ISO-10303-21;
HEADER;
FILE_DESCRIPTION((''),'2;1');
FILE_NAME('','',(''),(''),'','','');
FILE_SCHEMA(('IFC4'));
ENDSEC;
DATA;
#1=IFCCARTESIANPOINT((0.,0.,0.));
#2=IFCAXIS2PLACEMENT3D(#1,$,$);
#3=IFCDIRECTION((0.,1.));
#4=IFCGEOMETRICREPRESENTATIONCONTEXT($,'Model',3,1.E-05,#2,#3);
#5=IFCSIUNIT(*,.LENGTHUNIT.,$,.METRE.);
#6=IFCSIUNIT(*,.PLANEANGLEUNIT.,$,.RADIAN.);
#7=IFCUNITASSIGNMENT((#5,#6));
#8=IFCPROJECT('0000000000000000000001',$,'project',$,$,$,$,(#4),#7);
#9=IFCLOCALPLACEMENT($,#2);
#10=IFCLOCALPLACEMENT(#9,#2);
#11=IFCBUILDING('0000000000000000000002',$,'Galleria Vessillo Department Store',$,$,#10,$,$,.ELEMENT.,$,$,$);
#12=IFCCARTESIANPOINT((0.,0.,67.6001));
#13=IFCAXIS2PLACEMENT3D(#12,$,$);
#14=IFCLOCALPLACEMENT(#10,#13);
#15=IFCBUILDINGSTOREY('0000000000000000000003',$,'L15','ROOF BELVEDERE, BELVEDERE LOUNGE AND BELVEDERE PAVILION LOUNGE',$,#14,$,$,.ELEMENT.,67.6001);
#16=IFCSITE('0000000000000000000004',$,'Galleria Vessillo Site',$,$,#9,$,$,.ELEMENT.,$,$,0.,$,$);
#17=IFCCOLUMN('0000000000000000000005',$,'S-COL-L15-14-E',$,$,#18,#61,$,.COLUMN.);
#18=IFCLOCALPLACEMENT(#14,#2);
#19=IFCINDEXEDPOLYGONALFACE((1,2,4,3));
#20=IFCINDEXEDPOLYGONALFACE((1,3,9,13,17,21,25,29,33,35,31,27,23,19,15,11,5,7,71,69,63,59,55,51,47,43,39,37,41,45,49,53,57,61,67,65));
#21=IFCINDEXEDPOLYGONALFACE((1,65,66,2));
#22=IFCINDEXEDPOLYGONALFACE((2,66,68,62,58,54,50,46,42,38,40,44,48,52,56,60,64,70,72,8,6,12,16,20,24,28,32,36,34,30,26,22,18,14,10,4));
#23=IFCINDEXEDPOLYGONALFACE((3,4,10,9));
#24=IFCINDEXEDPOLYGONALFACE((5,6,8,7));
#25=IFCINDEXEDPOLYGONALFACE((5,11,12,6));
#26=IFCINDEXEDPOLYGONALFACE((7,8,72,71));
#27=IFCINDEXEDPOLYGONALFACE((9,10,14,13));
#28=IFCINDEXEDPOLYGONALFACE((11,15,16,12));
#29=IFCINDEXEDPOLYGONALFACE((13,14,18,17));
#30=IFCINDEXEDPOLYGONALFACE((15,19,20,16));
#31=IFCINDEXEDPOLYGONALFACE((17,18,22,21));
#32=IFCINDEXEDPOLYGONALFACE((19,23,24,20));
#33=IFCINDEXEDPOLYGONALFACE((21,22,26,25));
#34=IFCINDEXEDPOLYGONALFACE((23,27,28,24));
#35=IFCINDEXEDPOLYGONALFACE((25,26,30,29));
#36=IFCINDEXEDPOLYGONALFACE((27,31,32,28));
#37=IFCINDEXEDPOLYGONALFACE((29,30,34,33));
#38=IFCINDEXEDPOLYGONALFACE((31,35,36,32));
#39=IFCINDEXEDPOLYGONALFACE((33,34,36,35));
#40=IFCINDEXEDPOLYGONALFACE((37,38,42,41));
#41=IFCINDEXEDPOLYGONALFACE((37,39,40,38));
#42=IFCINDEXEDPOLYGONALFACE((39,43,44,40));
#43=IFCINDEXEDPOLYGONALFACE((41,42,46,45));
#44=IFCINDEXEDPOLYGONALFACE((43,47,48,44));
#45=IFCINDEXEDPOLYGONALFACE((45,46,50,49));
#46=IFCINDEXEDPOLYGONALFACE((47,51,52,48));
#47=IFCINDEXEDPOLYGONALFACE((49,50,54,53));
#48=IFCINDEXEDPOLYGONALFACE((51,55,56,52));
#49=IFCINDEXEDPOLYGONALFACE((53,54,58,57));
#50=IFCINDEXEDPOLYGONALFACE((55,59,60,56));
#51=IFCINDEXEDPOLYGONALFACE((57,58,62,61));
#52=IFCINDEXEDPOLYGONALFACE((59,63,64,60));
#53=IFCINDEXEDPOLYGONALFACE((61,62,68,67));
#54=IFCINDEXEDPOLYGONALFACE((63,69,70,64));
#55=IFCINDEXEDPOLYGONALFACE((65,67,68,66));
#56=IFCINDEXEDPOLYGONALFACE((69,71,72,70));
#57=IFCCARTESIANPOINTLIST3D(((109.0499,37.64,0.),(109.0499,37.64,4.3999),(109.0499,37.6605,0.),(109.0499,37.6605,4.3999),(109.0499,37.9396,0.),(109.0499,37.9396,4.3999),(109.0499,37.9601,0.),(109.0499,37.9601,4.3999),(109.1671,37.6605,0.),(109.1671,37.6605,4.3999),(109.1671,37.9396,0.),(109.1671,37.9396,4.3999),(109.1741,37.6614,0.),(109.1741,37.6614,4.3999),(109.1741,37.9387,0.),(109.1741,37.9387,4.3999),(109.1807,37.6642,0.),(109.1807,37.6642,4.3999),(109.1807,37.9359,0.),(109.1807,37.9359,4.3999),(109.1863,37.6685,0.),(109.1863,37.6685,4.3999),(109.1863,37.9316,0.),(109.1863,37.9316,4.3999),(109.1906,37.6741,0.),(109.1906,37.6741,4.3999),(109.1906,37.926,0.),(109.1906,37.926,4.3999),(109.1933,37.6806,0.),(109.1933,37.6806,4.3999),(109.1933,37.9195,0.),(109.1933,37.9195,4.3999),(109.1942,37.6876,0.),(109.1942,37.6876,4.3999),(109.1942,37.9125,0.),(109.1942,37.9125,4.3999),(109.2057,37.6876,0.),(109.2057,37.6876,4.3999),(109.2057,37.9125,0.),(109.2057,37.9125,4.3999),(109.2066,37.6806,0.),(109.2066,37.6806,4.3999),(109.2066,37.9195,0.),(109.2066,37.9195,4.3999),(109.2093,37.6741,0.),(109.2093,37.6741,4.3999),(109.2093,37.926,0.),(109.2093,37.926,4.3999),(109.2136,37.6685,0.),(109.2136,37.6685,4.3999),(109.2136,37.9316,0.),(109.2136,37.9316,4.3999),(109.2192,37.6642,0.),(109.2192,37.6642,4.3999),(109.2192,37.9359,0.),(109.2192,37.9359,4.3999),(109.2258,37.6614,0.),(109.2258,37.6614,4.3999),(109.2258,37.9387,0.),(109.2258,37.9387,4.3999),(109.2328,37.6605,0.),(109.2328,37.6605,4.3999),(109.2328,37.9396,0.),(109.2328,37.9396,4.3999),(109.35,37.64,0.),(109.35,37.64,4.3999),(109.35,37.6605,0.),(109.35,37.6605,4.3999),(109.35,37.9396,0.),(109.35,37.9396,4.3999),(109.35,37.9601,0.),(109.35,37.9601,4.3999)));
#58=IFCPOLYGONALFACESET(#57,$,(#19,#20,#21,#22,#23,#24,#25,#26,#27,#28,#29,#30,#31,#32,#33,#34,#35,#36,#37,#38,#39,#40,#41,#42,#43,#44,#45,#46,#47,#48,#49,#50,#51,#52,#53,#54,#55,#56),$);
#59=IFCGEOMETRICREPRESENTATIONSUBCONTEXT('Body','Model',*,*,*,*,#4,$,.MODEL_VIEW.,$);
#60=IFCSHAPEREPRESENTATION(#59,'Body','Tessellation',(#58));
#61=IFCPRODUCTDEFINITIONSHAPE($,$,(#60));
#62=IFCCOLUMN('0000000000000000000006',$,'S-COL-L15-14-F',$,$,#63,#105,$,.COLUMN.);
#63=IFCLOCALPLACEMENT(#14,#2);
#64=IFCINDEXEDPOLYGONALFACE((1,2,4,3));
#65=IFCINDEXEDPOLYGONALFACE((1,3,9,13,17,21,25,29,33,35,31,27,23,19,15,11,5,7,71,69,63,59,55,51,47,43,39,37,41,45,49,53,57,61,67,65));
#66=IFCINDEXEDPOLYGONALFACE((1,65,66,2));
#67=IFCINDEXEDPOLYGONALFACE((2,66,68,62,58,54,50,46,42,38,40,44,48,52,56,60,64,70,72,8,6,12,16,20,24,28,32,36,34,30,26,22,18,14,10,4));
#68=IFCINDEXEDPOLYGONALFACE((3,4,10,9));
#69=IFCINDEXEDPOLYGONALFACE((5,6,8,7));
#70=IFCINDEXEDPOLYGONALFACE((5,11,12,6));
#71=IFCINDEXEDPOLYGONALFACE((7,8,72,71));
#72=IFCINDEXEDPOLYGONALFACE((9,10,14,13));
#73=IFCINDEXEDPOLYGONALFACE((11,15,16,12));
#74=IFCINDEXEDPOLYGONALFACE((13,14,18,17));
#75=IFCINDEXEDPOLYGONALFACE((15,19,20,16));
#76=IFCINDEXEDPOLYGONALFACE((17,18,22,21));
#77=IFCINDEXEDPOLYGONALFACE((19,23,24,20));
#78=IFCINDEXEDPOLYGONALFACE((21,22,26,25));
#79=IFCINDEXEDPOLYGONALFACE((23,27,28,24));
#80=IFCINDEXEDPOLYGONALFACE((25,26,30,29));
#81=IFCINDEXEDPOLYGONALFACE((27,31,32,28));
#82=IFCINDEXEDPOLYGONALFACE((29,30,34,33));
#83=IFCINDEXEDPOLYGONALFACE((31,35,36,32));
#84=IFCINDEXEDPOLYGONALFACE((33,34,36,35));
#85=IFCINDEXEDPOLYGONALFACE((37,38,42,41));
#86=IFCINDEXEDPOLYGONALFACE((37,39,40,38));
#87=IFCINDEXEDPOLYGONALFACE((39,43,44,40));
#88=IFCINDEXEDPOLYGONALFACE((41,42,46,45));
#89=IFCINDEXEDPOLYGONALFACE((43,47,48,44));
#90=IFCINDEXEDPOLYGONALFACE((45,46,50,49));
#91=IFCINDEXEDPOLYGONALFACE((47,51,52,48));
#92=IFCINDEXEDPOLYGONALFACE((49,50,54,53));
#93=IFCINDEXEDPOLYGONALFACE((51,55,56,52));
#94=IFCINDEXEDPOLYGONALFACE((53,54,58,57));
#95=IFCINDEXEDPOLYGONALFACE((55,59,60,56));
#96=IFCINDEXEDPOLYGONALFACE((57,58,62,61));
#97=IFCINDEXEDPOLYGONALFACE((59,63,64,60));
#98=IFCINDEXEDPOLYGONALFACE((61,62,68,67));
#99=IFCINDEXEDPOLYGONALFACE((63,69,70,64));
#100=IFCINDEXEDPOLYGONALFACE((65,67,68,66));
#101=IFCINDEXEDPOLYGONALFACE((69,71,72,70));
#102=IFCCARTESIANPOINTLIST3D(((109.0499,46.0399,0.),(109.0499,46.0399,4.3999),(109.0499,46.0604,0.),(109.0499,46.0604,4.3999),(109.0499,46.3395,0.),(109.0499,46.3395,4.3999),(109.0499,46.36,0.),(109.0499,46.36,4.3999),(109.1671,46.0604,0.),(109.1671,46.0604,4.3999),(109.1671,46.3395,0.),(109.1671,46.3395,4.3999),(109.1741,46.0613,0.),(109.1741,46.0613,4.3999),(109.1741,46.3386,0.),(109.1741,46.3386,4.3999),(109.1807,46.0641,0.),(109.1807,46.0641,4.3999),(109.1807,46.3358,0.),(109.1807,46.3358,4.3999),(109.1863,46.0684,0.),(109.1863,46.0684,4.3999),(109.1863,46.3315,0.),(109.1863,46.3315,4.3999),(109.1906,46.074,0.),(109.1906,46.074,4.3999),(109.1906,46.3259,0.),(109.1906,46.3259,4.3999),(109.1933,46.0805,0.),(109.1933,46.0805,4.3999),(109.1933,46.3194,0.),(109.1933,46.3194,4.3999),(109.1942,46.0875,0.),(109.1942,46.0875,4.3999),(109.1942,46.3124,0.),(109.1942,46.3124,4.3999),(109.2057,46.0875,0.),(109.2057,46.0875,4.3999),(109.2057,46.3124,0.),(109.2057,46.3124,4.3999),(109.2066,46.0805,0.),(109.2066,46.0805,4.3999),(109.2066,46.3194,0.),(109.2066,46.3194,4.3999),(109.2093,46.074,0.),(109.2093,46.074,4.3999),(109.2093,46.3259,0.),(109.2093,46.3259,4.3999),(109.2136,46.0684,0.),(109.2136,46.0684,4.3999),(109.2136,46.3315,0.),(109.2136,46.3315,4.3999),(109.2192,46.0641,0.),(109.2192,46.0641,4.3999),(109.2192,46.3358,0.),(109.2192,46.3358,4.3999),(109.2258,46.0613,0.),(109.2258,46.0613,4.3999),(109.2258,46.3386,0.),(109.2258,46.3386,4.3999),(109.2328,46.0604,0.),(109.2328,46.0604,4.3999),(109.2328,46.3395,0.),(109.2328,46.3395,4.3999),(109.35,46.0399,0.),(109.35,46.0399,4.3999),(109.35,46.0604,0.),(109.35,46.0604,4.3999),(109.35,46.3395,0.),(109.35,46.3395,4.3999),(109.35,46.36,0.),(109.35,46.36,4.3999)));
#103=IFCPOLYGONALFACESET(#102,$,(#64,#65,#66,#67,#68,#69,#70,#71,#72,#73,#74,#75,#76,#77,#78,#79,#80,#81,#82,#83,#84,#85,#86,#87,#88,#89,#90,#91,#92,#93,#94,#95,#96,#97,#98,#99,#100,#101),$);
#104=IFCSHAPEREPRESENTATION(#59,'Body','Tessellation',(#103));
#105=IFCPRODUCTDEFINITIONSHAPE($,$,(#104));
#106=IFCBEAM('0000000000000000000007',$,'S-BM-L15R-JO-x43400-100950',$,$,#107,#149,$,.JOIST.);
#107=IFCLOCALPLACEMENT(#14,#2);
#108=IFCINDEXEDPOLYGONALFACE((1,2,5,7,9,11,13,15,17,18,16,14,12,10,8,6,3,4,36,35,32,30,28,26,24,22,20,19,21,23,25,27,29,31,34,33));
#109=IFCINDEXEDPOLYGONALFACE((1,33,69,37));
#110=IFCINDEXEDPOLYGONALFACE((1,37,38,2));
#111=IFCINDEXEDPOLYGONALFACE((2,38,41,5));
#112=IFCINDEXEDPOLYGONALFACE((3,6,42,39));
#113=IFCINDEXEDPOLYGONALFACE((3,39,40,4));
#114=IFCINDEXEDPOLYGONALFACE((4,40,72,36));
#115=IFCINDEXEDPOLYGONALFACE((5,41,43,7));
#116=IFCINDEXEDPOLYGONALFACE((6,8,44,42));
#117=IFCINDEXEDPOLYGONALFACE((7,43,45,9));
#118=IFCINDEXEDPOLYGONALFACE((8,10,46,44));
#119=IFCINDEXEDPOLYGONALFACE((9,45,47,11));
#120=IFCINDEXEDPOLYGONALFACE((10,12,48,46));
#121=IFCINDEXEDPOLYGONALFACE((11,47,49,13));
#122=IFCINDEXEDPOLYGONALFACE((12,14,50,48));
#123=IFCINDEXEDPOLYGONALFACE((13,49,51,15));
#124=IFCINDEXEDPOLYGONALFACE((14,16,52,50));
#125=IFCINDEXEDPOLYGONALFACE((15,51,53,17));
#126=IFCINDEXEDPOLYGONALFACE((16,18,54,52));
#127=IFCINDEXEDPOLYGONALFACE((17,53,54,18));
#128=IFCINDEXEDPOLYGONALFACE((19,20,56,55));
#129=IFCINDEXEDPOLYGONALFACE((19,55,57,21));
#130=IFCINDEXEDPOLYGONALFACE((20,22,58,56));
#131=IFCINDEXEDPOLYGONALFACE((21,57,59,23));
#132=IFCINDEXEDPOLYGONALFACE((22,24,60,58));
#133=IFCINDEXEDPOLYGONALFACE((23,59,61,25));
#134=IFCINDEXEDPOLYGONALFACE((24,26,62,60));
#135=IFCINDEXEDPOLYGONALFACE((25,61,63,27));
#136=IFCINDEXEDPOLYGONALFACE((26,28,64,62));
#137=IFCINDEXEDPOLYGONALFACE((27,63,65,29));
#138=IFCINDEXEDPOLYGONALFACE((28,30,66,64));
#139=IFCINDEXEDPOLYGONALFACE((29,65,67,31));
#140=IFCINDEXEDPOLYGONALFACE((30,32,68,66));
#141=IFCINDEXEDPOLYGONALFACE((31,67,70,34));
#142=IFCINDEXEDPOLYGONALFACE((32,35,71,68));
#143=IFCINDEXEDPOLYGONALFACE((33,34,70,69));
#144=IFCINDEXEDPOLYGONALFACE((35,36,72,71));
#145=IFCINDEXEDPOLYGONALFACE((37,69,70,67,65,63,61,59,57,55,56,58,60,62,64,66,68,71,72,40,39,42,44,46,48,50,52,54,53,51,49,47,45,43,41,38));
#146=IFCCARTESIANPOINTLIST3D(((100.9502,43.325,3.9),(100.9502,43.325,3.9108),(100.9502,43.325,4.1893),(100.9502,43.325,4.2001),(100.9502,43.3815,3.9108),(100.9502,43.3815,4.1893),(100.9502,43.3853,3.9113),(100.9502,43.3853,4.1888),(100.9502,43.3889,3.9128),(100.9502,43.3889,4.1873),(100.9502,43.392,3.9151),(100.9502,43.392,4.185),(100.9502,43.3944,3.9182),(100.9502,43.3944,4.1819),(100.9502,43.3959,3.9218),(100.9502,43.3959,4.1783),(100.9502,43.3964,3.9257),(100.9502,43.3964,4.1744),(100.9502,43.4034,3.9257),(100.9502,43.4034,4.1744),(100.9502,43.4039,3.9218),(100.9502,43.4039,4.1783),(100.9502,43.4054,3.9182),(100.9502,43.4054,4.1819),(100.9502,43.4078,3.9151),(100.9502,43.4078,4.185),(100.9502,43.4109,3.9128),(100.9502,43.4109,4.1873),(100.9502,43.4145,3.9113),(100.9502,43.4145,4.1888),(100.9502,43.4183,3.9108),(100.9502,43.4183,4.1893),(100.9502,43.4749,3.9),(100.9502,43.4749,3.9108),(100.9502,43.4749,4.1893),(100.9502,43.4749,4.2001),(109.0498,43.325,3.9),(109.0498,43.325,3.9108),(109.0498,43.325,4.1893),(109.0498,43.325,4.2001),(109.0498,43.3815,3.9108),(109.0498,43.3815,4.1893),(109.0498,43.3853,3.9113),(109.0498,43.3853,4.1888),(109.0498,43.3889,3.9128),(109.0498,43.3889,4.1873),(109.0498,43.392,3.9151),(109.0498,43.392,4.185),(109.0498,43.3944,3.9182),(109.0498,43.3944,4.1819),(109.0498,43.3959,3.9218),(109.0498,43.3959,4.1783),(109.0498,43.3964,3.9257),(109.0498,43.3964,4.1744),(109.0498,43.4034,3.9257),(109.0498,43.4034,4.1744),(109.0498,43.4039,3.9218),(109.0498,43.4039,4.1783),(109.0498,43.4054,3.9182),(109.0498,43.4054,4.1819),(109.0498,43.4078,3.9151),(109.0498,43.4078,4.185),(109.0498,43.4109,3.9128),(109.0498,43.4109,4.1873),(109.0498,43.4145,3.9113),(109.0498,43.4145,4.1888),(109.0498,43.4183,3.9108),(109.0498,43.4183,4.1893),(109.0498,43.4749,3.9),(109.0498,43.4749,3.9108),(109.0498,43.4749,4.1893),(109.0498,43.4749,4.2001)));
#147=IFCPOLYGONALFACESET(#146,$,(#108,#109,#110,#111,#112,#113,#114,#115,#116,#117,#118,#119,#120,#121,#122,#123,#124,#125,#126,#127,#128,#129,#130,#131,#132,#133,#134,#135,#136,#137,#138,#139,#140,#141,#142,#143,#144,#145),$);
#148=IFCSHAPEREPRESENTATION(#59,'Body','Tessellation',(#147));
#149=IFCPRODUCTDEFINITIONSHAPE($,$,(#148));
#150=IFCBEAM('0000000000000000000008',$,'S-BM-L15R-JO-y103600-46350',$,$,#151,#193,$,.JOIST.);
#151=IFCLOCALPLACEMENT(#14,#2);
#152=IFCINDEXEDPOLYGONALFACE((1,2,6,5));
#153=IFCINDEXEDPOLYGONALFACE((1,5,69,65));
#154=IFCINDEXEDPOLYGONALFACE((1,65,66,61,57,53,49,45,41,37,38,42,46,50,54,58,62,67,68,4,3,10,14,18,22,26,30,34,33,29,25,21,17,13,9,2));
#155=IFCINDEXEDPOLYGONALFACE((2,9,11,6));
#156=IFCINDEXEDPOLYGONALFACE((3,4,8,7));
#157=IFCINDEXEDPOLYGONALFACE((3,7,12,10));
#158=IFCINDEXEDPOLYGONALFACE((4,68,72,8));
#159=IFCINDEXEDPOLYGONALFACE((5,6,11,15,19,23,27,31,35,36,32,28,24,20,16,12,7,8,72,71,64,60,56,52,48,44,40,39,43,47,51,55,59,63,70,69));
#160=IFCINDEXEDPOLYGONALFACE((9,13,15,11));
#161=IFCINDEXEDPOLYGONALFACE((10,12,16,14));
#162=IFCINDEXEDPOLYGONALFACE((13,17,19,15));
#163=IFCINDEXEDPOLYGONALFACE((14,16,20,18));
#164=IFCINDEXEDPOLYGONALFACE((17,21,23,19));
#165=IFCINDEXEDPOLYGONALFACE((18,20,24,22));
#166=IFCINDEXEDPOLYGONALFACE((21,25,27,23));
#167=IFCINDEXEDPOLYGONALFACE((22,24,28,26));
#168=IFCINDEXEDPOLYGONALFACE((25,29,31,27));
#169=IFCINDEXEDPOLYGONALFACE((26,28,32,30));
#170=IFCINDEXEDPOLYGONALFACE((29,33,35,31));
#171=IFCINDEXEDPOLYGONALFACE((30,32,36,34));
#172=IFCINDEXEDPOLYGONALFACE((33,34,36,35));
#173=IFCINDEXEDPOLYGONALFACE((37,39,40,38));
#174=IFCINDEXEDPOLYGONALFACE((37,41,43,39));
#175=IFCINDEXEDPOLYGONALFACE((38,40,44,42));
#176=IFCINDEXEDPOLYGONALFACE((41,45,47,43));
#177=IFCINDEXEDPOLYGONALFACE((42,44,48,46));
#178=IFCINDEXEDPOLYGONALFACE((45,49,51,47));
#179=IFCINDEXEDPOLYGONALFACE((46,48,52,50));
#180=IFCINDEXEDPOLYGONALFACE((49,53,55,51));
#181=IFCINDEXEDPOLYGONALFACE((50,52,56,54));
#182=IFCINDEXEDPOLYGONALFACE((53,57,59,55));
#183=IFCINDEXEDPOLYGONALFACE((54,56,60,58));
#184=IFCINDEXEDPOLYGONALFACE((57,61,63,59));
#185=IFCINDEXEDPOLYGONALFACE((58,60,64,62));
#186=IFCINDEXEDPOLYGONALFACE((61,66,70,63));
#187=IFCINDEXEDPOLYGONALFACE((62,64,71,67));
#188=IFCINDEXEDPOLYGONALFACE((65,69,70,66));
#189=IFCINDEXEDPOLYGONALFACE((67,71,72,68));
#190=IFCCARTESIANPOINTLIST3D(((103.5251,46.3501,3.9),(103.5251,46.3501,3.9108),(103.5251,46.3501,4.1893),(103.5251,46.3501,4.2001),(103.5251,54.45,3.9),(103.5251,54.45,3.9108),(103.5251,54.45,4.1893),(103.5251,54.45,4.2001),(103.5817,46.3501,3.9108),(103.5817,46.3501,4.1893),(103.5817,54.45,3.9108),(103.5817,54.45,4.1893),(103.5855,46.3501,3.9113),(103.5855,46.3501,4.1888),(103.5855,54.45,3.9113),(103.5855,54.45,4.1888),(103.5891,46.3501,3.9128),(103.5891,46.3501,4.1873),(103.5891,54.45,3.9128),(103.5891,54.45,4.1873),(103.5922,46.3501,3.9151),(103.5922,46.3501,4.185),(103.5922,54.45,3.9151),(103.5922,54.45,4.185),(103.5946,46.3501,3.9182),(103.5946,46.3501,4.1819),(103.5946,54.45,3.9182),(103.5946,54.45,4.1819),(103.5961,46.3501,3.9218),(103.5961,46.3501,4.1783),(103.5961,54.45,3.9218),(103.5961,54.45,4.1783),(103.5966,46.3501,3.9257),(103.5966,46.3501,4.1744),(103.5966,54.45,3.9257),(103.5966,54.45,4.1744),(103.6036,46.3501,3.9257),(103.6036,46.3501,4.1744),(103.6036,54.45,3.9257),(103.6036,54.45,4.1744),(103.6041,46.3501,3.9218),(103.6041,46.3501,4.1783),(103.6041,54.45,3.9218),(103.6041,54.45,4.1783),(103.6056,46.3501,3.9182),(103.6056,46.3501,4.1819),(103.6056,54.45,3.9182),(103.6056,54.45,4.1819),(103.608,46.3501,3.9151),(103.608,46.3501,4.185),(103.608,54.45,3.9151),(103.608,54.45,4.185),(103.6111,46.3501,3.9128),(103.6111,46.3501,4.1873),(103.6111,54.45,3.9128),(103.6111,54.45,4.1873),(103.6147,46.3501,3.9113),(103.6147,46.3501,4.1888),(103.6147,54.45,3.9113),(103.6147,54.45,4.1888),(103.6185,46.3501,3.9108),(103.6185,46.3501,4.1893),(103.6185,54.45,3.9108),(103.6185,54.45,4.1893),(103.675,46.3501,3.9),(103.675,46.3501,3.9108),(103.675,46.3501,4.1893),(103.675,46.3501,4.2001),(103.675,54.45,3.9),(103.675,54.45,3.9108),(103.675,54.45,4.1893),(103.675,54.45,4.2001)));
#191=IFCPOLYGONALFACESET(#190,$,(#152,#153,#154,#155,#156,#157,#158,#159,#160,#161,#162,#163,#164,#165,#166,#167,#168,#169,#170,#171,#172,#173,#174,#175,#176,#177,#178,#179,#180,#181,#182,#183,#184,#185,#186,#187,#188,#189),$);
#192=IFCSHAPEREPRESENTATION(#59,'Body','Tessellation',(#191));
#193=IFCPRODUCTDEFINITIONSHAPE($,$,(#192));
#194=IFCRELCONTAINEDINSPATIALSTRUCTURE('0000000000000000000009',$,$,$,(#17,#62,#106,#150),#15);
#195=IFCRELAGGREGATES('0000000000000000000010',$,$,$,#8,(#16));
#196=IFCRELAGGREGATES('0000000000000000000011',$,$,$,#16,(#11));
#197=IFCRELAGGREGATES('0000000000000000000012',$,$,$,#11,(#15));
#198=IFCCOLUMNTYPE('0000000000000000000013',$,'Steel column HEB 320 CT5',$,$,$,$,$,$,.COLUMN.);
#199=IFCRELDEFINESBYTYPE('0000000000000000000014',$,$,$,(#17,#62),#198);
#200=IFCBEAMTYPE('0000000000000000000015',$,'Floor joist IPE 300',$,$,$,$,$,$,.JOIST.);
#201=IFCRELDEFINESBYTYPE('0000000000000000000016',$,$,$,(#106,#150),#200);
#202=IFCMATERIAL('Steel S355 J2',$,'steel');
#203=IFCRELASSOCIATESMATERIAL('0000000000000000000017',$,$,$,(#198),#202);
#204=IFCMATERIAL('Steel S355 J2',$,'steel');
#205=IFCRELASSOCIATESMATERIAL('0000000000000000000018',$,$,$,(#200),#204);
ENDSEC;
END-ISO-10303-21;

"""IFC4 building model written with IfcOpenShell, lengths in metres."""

from ifc_helpers import new_model, si_unit, direction, frame, origin, origin_2d, place, context, subcontext, project, spatial, i_section, extrude, material, material_profile, profile_set, type_object, element, save


model = new_model("IFC4")

# Units and contexts
model_context = context("Model", 3, precision=1e-05, world=origin(), true_north=direction((0.0, 1.0)))
body_context = subcontext(model_context, "Body", "Model", "MODEL_VIEW")
ifc_project = project(units=[si_unit("LENGTHUNIT", "METRE"), si_unit("PLANEANGLEUNIT", "RADIAN")], contexts=[model_context])

# Site, building, storey
site_placement = place(None, origin())
site = spatial("IfcSite", under=ifc_project, at=site_placement, Name="Galleria Vessillo Site", CompositionType="ELEMENT", RefElevation=0.0)
building_placement = place(site_placement, origin())
building = spatial("IfcBuilding", under=site, at=building_placement, Name="Galleria Vessillo Department Store", CompositionType="ELEMENT")
storey_placement = place(building_placement, frame((0.0, 0.0, 67.6001)))
storey = spatial("IfcBuildingStorey", under=building, at=storey_placement, Name="L15", Description="ROOF BELVEDERE, BELVEDERE LOUNGE AND BELVEDERE PAVILION LOUNGE", CompositionType="ELEMENT", Elevation=67.6001)

# Columns
ifc_material_1 = material(Name="Steel S355 J2", Category="steel")
ifc_material_profile_1 = material_profile(ifc_material_1, i_section(OverallWidth=0.3, OverallDepth=0.3201, WebThickness=0.0115, FlangeThickness=0.0205, FilletRadius=0.0271, at=origin_2d()), Name="HEB 320")
ifc_profile_set_1 = profile_set([ifc_material_profile_1], Name="Steel S355 J2")
column_type = type_object("IfcColumnType", Name="Steel column HEB 320 CT5", PredefinedType="COLUMN", material=ifc_profile_set_1)
for number, where, z_axis, x_axis, name in (
    (1, (109.2, 37.8, 0.0), (0.0, 0.0, 1.0), (1.0, 0.0, 0.0), "S-COL-L15-14-E"),
    (2, (109.2, 46.2, 0.0), (0.0, 0.0, 1.0), (1.0, 0.0, 0.0), "S-COL-L15-14-F"),
):
    element("IfcColumn", number, at=place(storey_placement, frame(where, z_axis=z_axis, x_axis=x_axis)), inside=storey, type_object=column_type, Name=name, PredefinedType="COLUMN", context=body_context, shape_type="SweptSolid", body=[
        extrude(i_section(OverallWidth=0.3, OverallDepth=0.3201, WebThickness=0.0115, FlangeThickness=0.0205, FilletRadius=0.0271, at=origin_2d()), origin(), (0.0, 0.0, 1.0), 4.3999),
    ])

# Beams
ifc_material_2 = material(Name="Steel S355 J2", Category="steel")
ifc_material_profile_2 = material_profile(ifc_material_2, i_section(OverallWidth=0.1499, OverallDepth=0.3, WebThickness=0.0071, FlangeThickness=0.0107, FilletRadius=0.0149, at=origin_2d()), Name="IPE 300")
ifc_profile_set_2 = profile_set([ifc_material_profile_2], Name="Steel S355 J2")
beam_type_1 = type_object("IfcBeamType", Name="Floor joist IPE 300", PredefinedType="JOIST", material=ifc_profile_set_2)
beam_1_placement = place(storey_placement, frame((100.9502, 43.3999, 4.05), z_axis=(1.0, 0.0, 0.0), x_axis=(0.0, 1.0, 0.0)))
element("IfcBeam", 3, at=beam_1_placement, inside=storey, type_object=beam_type_1, Name="S-BM-L15R-JO-x43400-100950", PredefinedType="JOIST", context=body_context, shape_type="SweptSolid", body=[
    extrude(i_section(OverallWidth=0.1499, OverallDepth=0.3, WebThickness=0.0071, FlangeThickness=0.0107, FilletRadius=0.0149, at=origin_2d()), origin(), (0.0, 0.0, 1.0), 8.0996),
])
beam_2_placement = place(storey_placement, frame((103.6001, 46.3501, 4.05), z_axis=(0.0, 1.0, 0.0), x_axis=(-1.0, 0.0, 0.0)))
element("IfcBeam", 4, at=beam_2_placement, inside=storey, type_object=beam_type_1, Name="S-BM-L15R-JO-y103600-46350", PredefinedType="JOIST", context=body_context, shape_type="SweptSolid", body=[
    extrude(i_section(OverallWidth=0.1499, OverallDepth=0.3, WebThickness=0.0071, FlangeThickness=0.0107, FilletRadius=0.0149, at=origin_2d()), origin(), (0.0, 0.0, 1.0), 8.0999),
])

save(model, "model.ifc")
